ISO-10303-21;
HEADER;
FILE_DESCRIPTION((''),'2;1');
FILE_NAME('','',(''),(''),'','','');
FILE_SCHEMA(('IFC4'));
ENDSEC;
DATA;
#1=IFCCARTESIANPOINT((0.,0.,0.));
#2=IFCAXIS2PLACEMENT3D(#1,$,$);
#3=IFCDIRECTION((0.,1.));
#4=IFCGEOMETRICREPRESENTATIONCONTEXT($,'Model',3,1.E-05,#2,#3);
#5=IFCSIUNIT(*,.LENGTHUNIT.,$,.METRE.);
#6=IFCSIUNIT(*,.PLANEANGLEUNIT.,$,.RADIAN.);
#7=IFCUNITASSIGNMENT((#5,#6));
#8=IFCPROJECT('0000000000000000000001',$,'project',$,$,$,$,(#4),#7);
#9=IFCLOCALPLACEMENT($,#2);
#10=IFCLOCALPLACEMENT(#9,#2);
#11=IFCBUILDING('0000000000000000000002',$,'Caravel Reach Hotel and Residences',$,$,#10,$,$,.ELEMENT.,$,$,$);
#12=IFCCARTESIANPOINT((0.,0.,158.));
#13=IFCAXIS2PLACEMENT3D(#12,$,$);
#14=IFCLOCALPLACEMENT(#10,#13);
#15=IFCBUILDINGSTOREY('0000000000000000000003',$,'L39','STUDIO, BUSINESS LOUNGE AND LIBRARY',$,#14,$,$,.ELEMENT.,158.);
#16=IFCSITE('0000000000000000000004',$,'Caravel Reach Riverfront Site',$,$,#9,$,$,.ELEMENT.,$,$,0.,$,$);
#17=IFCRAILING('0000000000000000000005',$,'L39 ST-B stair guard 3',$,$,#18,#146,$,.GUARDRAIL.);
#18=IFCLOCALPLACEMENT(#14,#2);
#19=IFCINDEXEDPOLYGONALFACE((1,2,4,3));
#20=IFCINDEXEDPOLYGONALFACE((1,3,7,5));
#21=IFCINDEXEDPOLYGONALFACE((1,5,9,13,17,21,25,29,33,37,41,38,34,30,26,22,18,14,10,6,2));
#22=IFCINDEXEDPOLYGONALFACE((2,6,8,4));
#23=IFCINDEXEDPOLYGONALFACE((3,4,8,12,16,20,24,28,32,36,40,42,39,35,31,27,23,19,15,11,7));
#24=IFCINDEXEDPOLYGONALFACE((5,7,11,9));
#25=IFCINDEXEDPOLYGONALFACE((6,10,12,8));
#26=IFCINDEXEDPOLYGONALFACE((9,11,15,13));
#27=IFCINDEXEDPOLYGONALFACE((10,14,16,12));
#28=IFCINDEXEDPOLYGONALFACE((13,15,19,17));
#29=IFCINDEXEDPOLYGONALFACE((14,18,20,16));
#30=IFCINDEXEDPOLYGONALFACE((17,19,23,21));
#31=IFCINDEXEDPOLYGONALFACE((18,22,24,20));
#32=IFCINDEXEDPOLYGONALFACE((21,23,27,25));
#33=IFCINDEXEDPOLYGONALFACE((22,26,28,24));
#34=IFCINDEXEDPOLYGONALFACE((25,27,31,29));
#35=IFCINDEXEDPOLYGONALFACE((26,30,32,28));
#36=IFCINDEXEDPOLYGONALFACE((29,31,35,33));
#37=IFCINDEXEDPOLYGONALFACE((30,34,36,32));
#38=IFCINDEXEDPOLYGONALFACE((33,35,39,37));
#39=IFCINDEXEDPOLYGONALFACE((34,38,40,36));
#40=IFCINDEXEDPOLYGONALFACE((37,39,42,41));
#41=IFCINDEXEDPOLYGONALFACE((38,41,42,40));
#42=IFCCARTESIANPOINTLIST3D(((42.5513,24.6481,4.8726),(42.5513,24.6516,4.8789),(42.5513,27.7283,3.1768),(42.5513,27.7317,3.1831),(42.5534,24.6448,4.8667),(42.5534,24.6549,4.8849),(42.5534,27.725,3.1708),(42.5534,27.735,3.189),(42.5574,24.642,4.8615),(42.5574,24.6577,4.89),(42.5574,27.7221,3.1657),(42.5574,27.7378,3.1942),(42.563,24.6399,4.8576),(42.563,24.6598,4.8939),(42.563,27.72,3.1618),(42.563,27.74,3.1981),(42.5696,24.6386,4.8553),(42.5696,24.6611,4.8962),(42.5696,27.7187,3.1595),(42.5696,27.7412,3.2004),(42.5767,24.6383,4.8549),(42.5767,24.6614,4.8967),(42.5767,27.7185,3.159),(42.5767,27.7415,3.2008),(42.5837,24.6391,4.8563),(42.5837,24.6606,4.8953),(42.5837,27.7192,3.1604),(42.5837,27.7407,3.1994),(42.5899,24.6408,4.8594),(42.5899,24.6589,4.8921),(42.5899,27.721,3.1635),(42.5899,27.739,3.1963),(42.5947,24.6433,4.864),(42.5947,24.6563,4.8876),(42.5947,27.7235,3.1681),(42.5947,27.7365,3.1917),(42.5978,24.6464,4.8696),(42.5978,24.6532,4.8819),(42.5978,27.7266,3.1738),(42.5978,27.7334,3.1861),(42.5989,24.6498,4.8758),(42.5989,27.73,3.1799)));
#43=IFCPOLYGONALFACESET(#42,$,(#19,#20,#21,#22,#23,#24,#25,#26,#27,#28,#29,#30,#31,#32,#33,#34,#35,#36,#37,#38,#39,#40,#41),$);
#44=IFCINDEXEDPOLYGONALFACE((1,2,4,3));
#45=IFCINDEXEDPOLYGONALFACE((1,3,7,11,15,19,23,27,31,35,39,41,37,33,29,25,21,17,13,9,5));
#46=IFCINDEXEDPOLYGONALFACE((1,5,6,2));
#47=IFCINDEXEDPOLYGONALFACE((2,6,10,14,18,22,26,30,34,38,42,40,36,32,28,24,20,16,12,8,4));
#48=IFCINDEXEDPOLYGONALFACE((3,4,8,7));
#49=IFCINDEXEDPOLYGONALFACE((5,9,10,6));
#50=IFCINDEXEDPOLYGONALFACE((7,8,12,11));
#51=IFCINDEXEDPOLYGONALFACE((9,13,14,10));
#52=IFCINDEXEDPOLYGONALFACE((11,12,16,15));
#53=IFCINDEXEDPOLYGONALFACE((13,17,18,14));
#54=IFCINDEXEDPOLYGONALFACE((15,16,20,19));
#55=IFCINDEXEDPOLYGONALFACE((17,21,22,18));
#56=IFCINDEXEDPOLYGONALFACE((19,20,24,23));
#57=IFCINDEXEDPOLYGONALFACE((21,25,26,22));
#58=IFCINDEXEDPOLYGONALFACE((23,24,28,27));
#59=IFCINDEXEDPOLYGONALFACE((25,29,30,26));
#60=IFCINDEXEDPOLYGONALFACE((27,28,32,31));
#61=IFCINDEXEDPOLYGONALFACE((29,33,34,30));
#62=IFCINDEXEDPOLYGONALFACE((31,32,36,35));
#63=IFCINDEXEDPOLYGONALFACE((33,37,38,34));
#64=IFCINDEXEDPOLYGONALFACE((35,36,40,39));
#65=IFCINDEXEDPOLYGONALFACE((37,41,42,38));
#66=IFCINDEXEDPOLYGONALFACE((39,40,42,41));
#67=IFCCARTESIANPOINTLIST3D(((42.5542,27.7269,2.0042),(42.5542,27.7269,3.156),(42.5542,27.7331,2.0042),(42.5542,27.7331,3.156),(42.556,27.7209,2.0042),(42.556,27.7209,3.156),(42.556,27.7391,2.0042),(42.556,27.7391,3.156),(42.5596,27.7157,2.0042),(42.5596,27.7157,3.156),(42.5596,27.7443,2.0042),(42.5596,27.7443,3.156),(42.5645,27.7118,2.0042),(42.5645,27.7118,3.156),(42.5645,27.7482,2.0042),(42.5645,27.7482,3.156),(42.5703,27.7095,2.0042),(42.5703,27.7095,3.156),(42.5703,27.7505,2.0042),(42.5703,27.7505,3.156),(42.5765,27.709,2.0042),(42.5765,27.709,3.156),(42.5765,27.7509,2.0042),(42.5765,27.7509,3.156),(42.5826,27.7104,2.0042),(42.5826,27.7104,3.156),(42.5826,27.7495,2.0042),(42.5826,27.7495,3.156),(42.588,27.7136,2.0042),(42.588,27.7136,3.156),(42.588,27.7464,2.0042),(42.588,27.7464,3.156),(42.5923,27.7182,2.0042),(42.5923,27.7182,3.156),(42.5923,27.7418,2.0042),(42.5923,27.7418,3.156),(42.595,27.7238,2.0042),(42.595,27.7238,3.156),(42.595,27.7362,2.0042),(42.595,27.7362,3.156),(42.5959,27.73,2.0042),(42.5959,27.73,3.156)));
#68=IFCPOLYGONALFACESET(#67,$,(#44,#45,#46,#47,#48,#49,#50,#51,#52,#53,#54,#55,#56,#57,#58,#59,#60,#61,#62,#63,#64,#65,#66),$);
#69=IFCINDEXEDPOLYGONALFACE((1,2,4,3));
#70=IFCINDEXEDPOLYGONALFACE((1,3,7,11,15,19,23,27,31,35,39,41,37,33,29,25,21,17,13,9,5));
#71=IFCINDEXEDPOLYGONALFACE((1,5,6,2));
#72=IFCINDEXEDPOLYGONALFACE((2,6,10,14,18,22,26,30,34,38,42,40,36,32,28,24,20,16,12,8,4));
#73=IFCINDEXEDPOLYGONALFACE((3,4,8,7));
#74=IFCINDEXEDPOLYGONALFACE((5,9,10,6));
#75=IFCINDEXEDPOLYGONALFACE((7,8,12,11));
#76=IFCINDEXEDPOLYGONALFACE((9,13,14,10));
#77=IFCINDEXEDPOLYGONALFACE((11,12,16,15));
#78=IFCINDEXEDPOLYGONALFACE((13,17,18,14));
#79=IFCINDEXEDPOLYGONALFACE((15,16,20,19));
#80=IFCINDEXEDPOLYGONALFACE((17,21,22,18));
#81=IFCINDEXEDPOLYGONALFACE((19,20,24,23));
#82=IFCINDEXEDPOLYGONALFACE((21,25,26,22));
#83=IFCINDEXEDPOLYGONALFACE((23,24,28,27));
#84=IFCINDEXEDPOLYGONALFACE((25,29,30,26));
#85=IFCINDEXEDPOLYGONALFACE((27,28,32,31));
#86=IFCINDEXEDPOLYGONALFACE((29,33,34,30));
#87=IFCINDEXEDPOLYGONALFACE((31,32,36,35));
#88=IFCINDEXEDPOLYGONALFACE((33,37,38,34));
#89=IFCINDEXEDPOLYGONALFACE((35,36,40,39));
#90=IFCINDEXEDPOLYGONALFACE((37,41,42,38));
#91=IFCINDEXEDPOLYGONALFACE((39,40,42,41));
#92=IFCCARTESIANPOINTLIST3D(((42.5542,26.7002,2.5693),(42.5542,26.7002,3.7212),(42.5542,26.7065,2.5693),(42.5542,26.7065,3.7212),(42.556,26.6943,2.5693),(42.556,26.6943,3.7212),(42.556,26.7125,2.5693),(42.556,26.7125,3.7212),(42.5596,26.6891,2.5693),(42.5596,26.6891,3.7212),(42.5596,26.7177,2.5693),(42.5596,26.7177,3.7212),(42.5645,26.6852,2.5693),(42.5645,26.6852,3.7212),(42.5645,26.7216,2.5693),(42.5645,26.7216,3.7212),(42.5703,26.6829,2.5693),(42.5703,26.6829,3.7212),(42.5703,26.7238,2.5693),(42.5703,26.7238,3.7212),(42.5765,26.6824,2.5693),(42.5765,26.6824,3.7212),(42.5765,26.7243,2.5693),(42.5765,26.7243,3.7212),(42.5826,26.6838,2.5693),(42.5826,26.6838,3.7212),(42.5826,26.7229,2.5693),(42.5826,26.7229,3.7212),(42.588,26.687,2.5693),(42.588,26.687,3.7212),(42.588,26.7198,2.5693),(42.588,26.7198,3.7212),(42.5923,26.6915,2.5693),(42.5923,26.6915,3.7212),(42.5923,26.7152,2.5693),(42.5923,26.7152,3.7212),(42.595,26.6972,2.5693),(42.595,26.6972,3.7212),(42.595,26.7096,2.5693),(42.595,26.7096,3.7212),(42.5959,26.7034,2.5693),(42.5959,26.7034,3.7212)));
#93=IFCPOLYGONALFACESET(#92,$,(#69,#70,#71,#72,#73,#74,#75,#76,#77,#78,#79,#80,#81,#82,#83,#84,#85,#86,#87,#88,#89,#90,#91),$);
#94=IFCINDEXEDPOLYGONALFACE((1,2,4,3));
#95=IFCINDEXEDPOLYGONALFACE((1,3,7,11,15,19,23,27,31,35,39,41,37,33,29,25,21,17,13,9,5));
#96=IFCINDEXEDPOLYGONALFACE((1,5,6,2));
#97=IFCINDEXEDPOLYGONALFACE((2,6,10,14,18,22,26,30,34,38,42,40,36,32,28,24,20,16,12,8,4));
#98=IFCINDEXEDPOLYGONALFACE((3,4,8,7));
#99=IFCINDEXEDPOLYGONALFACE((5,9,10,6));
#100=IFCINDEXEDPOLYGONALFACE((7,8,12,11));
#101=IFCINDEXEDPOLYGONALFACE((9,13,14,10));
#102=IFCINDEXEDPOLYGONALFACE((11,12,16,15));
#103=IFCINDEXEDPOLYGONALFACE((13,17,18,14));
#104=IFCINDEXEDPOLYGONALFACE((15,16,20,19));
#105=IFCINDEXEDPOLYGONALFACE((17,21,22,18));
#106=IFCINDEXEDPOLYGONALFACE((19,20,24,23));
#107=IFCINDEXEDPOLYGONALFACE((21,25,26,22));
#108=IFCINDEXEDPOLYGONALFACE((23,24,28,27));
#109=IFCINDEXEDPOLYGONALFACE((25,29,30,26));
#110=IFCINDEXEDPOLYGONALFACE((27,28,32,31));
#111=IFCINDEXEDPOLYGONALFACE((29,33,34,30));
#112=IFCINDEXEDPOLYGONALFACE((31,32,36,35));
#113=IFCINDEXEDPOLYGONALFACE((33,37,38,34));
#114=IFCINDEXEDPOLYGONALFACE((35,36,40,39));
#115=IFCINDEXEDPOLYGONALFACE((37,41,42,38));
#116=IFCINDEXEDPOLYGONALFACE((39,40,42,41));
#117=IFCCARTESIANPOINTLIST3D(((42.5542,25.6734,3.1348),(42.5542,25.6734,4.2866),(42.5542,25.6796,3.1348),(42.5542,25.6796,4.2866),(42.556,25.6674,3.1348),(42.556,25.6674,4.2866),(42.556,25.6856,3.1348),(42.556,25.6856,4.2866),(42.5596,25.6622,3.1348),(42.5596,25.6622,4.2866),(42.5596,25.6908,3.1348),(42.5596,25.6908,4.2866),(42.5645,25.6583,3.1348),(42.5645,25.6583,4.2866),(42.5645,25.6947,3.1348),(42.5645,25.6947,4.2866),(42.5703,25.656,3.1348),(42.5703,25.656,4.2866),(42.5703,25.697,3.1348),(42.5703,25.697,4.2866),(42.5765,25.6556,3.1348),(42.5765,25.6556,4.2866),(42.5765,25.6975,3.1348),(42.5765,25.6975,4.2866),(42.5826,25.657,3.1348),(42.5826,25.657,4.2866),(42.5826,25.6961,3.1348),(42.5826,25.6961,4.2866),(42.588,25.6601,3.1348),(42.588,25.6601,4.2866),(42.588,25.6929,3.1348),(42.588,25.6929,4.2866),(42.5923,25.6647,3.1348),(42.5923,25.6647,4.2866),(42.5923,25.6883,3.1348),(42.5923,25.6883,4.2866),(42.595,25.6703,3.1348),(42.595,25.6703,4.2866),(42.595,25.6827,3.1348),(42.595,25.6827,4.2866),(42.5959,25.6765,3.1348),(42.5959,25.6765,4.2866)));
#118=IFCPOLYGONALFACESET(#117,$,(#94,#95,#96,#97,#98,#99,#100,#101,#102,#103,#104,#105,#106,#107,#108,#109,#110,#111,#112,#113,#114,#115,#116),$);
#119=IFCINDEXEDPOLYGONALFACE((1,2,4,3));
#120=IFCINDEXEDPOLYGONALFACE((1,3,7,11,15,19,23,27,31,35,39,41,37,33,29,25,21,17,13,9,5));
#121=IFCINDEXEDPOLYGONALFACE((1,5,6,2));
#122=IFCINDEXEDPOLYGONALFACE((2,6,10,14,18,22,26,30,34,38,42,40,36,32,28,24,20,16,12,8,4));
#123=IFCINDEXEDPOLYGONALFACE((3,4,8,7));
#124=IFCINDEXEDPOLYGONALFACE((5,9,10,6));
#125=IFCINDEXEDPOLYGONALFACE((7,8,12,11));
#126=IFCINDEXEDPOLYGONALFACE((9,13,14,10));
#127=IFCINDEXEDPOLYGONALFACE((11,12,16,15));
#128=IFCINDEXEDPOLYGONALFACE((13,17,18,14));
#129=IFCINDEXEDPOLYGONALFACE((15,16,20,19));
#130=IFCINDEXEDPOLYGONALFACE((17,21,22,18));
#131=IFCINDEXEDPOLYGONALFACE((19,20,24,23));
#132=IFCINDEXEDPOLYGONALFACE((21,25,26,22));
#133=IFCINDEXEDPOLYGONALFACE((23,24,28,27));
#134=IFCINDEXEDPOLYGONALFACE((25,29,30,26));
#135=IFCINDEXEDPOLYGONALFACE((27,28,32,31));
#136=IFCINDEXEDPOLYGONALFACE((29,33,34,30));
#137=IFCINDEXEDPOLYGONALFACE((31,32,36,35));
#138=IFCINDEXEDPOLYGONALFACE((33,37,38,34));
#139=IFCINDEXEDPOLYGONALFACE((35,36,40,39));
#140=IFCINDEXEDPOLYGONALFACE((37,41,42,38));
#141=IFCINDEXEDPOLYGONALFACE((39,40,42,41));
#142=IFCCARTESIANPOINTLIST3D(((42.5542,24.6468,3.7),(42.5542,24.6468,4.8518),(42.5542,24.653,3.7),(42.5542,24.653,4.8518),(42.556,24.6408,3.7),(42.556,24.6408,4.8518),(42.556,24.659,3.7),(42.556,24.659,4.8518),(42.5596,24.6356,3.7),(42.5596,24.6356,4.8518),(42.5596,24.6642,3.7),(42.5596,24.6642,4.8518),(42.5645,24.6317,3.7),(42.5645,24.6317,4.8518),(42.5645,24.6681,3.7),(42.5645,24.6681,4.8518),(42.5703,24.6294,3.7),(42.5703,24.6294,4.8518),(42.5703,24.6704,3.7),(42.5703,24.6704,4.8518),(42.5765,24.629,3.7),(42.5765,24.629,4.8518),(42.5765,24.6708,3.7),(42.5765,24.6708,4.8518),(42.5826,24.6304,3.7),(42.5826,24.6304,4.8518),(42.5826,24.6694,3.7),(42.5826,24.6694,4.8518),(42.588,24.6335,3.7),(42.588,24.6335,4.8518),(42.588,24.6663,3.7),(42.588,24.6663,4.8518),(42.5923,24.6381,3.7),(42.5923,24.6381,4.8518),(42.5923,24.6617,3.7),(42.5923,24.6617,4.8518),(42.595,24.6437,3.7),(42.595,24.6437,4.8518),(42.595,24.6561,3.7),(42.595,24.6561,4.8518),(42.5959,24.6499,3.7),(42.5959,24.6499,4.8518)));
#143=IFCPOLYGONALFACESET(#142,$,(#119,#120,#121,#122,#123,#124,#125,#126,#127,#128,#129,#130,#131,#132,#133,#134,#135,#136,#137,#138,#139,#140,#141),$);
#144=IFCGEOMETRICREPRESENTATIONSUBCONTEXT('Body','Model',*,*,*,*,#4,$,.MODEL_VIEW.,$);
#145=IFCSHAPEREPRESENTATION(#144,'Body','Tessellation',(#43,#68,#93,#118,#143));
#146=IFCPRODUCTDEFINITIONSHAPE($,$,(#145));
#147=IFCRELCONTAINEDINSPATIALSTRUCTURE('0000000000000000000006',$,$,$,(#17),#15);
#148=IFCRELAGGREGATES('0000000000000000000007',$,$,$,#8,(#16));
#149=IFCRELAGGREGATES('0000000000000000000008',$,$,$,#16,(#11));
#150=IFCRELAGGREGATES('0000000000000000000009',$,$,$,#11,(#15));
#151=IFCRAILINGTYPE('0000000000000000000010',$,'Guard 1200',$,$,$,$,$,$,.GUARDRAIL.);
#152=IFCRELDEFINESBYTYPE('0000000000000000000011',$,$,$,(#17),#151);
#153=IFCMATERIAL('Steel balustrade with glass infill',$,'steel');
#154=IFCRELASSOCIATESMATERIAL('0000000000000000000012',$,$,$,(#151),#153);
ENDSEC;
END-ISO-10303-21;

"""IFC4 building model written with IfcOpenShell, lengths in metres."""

from ifc_helpers import new_model, si_unit, direction, frame, origin, origin_2d, place, context, subcontext, project, spatial, circle, extrude, material, type_object, element, save


model = new_model("IFC4")

# Units and contexts
model_context = context("Model", 3, precision=1e-05, world=origin(), true_north=direction((0.0, 1.0)))
body_context = subcontext(model_context, "Body", "Model", "MODEL_VIEW")
ifc_project = project(units=[si_unit("LENGTHUNIT", "METRE"), si_unit("PLANEANGLEUNIT", "RADIAN")], contexts=[model_context])

# Site, building, storey
site_placement = place(None, origin())
site = spatial("IfcSite", under=ifc_project, at=site_placement, Name="Caravel Reach Riverfront Site", CompositionType="ELEMENT", RefElevation=0.0)
building_placement = place(site_placement, origin())
building = spatial("IfcBuilding", under=site, at=building_placement, Name="Caravel Reach Hotel and Residences", CompositionType="ELEMENT")
storey_placement = place(building_placement, frame((0.0, 0.0, 158.0)))
storey = spatial("IfcBuildingStorey", under=building, at=storey_placement, Name="L39", Description="STUDIO, BUSINESS LOUNGE AND LIBRARY", CompositionType="ELEMENT", Elevation=158.0)

# Railing
ifc_material_1 = material(Name="Steel balustrade with glass infill", Category="steel")
railing_type_1 = type_object("IfcRailingType", Name="Guard 1200", PredefinedType="GUARDRAIL", material=ifc_material_1)
railing_1_placement = place(storey_placement, frame((42.575, 27.73, 2.0042)))
element("IfcRailing", 1, at=railing_1_placement, inside=storey, type_object=railing_type_1, Name="L39 ST-B stair guard 3", PredefinedType="GUARDRAIL", context=body_context, shape_type="SweptSolid", body=[
    extrude(circle(Radius=0.0239, at=origin_2d()), frame((0.0, 0.0, 1.1758), z_axis=(0.0, -0.876005, 0.482303), x_axis=(1.0, 0.0, 0.0)), (0.0, 0.0, 1.0), 3.5161),
    extrude(circle(Radius=0.021, at=origin_2d()), origin(), (0.0, 0.0, 1.0), 1.1519),
    extrude(circle(Radius=0.021, at=origin_2d()), frame((0.0, -1.0266, 0.5652)), (0.0, 0.0, 1.0), 1.1519),
    extrude(circle(Radius=0.021, at=origin_2d()), frame((0.0, -2.0535, 1.1306)), (0.0, 0.0, 1.0), 1.1519),
    extrude(circle(Radius=0.021, at=origin_2d()), frame((0.0, -3.0801, 1.6958)), (0.0, 0.0, 1.0), 1.1519),
])

save(model, "model.ifc")
